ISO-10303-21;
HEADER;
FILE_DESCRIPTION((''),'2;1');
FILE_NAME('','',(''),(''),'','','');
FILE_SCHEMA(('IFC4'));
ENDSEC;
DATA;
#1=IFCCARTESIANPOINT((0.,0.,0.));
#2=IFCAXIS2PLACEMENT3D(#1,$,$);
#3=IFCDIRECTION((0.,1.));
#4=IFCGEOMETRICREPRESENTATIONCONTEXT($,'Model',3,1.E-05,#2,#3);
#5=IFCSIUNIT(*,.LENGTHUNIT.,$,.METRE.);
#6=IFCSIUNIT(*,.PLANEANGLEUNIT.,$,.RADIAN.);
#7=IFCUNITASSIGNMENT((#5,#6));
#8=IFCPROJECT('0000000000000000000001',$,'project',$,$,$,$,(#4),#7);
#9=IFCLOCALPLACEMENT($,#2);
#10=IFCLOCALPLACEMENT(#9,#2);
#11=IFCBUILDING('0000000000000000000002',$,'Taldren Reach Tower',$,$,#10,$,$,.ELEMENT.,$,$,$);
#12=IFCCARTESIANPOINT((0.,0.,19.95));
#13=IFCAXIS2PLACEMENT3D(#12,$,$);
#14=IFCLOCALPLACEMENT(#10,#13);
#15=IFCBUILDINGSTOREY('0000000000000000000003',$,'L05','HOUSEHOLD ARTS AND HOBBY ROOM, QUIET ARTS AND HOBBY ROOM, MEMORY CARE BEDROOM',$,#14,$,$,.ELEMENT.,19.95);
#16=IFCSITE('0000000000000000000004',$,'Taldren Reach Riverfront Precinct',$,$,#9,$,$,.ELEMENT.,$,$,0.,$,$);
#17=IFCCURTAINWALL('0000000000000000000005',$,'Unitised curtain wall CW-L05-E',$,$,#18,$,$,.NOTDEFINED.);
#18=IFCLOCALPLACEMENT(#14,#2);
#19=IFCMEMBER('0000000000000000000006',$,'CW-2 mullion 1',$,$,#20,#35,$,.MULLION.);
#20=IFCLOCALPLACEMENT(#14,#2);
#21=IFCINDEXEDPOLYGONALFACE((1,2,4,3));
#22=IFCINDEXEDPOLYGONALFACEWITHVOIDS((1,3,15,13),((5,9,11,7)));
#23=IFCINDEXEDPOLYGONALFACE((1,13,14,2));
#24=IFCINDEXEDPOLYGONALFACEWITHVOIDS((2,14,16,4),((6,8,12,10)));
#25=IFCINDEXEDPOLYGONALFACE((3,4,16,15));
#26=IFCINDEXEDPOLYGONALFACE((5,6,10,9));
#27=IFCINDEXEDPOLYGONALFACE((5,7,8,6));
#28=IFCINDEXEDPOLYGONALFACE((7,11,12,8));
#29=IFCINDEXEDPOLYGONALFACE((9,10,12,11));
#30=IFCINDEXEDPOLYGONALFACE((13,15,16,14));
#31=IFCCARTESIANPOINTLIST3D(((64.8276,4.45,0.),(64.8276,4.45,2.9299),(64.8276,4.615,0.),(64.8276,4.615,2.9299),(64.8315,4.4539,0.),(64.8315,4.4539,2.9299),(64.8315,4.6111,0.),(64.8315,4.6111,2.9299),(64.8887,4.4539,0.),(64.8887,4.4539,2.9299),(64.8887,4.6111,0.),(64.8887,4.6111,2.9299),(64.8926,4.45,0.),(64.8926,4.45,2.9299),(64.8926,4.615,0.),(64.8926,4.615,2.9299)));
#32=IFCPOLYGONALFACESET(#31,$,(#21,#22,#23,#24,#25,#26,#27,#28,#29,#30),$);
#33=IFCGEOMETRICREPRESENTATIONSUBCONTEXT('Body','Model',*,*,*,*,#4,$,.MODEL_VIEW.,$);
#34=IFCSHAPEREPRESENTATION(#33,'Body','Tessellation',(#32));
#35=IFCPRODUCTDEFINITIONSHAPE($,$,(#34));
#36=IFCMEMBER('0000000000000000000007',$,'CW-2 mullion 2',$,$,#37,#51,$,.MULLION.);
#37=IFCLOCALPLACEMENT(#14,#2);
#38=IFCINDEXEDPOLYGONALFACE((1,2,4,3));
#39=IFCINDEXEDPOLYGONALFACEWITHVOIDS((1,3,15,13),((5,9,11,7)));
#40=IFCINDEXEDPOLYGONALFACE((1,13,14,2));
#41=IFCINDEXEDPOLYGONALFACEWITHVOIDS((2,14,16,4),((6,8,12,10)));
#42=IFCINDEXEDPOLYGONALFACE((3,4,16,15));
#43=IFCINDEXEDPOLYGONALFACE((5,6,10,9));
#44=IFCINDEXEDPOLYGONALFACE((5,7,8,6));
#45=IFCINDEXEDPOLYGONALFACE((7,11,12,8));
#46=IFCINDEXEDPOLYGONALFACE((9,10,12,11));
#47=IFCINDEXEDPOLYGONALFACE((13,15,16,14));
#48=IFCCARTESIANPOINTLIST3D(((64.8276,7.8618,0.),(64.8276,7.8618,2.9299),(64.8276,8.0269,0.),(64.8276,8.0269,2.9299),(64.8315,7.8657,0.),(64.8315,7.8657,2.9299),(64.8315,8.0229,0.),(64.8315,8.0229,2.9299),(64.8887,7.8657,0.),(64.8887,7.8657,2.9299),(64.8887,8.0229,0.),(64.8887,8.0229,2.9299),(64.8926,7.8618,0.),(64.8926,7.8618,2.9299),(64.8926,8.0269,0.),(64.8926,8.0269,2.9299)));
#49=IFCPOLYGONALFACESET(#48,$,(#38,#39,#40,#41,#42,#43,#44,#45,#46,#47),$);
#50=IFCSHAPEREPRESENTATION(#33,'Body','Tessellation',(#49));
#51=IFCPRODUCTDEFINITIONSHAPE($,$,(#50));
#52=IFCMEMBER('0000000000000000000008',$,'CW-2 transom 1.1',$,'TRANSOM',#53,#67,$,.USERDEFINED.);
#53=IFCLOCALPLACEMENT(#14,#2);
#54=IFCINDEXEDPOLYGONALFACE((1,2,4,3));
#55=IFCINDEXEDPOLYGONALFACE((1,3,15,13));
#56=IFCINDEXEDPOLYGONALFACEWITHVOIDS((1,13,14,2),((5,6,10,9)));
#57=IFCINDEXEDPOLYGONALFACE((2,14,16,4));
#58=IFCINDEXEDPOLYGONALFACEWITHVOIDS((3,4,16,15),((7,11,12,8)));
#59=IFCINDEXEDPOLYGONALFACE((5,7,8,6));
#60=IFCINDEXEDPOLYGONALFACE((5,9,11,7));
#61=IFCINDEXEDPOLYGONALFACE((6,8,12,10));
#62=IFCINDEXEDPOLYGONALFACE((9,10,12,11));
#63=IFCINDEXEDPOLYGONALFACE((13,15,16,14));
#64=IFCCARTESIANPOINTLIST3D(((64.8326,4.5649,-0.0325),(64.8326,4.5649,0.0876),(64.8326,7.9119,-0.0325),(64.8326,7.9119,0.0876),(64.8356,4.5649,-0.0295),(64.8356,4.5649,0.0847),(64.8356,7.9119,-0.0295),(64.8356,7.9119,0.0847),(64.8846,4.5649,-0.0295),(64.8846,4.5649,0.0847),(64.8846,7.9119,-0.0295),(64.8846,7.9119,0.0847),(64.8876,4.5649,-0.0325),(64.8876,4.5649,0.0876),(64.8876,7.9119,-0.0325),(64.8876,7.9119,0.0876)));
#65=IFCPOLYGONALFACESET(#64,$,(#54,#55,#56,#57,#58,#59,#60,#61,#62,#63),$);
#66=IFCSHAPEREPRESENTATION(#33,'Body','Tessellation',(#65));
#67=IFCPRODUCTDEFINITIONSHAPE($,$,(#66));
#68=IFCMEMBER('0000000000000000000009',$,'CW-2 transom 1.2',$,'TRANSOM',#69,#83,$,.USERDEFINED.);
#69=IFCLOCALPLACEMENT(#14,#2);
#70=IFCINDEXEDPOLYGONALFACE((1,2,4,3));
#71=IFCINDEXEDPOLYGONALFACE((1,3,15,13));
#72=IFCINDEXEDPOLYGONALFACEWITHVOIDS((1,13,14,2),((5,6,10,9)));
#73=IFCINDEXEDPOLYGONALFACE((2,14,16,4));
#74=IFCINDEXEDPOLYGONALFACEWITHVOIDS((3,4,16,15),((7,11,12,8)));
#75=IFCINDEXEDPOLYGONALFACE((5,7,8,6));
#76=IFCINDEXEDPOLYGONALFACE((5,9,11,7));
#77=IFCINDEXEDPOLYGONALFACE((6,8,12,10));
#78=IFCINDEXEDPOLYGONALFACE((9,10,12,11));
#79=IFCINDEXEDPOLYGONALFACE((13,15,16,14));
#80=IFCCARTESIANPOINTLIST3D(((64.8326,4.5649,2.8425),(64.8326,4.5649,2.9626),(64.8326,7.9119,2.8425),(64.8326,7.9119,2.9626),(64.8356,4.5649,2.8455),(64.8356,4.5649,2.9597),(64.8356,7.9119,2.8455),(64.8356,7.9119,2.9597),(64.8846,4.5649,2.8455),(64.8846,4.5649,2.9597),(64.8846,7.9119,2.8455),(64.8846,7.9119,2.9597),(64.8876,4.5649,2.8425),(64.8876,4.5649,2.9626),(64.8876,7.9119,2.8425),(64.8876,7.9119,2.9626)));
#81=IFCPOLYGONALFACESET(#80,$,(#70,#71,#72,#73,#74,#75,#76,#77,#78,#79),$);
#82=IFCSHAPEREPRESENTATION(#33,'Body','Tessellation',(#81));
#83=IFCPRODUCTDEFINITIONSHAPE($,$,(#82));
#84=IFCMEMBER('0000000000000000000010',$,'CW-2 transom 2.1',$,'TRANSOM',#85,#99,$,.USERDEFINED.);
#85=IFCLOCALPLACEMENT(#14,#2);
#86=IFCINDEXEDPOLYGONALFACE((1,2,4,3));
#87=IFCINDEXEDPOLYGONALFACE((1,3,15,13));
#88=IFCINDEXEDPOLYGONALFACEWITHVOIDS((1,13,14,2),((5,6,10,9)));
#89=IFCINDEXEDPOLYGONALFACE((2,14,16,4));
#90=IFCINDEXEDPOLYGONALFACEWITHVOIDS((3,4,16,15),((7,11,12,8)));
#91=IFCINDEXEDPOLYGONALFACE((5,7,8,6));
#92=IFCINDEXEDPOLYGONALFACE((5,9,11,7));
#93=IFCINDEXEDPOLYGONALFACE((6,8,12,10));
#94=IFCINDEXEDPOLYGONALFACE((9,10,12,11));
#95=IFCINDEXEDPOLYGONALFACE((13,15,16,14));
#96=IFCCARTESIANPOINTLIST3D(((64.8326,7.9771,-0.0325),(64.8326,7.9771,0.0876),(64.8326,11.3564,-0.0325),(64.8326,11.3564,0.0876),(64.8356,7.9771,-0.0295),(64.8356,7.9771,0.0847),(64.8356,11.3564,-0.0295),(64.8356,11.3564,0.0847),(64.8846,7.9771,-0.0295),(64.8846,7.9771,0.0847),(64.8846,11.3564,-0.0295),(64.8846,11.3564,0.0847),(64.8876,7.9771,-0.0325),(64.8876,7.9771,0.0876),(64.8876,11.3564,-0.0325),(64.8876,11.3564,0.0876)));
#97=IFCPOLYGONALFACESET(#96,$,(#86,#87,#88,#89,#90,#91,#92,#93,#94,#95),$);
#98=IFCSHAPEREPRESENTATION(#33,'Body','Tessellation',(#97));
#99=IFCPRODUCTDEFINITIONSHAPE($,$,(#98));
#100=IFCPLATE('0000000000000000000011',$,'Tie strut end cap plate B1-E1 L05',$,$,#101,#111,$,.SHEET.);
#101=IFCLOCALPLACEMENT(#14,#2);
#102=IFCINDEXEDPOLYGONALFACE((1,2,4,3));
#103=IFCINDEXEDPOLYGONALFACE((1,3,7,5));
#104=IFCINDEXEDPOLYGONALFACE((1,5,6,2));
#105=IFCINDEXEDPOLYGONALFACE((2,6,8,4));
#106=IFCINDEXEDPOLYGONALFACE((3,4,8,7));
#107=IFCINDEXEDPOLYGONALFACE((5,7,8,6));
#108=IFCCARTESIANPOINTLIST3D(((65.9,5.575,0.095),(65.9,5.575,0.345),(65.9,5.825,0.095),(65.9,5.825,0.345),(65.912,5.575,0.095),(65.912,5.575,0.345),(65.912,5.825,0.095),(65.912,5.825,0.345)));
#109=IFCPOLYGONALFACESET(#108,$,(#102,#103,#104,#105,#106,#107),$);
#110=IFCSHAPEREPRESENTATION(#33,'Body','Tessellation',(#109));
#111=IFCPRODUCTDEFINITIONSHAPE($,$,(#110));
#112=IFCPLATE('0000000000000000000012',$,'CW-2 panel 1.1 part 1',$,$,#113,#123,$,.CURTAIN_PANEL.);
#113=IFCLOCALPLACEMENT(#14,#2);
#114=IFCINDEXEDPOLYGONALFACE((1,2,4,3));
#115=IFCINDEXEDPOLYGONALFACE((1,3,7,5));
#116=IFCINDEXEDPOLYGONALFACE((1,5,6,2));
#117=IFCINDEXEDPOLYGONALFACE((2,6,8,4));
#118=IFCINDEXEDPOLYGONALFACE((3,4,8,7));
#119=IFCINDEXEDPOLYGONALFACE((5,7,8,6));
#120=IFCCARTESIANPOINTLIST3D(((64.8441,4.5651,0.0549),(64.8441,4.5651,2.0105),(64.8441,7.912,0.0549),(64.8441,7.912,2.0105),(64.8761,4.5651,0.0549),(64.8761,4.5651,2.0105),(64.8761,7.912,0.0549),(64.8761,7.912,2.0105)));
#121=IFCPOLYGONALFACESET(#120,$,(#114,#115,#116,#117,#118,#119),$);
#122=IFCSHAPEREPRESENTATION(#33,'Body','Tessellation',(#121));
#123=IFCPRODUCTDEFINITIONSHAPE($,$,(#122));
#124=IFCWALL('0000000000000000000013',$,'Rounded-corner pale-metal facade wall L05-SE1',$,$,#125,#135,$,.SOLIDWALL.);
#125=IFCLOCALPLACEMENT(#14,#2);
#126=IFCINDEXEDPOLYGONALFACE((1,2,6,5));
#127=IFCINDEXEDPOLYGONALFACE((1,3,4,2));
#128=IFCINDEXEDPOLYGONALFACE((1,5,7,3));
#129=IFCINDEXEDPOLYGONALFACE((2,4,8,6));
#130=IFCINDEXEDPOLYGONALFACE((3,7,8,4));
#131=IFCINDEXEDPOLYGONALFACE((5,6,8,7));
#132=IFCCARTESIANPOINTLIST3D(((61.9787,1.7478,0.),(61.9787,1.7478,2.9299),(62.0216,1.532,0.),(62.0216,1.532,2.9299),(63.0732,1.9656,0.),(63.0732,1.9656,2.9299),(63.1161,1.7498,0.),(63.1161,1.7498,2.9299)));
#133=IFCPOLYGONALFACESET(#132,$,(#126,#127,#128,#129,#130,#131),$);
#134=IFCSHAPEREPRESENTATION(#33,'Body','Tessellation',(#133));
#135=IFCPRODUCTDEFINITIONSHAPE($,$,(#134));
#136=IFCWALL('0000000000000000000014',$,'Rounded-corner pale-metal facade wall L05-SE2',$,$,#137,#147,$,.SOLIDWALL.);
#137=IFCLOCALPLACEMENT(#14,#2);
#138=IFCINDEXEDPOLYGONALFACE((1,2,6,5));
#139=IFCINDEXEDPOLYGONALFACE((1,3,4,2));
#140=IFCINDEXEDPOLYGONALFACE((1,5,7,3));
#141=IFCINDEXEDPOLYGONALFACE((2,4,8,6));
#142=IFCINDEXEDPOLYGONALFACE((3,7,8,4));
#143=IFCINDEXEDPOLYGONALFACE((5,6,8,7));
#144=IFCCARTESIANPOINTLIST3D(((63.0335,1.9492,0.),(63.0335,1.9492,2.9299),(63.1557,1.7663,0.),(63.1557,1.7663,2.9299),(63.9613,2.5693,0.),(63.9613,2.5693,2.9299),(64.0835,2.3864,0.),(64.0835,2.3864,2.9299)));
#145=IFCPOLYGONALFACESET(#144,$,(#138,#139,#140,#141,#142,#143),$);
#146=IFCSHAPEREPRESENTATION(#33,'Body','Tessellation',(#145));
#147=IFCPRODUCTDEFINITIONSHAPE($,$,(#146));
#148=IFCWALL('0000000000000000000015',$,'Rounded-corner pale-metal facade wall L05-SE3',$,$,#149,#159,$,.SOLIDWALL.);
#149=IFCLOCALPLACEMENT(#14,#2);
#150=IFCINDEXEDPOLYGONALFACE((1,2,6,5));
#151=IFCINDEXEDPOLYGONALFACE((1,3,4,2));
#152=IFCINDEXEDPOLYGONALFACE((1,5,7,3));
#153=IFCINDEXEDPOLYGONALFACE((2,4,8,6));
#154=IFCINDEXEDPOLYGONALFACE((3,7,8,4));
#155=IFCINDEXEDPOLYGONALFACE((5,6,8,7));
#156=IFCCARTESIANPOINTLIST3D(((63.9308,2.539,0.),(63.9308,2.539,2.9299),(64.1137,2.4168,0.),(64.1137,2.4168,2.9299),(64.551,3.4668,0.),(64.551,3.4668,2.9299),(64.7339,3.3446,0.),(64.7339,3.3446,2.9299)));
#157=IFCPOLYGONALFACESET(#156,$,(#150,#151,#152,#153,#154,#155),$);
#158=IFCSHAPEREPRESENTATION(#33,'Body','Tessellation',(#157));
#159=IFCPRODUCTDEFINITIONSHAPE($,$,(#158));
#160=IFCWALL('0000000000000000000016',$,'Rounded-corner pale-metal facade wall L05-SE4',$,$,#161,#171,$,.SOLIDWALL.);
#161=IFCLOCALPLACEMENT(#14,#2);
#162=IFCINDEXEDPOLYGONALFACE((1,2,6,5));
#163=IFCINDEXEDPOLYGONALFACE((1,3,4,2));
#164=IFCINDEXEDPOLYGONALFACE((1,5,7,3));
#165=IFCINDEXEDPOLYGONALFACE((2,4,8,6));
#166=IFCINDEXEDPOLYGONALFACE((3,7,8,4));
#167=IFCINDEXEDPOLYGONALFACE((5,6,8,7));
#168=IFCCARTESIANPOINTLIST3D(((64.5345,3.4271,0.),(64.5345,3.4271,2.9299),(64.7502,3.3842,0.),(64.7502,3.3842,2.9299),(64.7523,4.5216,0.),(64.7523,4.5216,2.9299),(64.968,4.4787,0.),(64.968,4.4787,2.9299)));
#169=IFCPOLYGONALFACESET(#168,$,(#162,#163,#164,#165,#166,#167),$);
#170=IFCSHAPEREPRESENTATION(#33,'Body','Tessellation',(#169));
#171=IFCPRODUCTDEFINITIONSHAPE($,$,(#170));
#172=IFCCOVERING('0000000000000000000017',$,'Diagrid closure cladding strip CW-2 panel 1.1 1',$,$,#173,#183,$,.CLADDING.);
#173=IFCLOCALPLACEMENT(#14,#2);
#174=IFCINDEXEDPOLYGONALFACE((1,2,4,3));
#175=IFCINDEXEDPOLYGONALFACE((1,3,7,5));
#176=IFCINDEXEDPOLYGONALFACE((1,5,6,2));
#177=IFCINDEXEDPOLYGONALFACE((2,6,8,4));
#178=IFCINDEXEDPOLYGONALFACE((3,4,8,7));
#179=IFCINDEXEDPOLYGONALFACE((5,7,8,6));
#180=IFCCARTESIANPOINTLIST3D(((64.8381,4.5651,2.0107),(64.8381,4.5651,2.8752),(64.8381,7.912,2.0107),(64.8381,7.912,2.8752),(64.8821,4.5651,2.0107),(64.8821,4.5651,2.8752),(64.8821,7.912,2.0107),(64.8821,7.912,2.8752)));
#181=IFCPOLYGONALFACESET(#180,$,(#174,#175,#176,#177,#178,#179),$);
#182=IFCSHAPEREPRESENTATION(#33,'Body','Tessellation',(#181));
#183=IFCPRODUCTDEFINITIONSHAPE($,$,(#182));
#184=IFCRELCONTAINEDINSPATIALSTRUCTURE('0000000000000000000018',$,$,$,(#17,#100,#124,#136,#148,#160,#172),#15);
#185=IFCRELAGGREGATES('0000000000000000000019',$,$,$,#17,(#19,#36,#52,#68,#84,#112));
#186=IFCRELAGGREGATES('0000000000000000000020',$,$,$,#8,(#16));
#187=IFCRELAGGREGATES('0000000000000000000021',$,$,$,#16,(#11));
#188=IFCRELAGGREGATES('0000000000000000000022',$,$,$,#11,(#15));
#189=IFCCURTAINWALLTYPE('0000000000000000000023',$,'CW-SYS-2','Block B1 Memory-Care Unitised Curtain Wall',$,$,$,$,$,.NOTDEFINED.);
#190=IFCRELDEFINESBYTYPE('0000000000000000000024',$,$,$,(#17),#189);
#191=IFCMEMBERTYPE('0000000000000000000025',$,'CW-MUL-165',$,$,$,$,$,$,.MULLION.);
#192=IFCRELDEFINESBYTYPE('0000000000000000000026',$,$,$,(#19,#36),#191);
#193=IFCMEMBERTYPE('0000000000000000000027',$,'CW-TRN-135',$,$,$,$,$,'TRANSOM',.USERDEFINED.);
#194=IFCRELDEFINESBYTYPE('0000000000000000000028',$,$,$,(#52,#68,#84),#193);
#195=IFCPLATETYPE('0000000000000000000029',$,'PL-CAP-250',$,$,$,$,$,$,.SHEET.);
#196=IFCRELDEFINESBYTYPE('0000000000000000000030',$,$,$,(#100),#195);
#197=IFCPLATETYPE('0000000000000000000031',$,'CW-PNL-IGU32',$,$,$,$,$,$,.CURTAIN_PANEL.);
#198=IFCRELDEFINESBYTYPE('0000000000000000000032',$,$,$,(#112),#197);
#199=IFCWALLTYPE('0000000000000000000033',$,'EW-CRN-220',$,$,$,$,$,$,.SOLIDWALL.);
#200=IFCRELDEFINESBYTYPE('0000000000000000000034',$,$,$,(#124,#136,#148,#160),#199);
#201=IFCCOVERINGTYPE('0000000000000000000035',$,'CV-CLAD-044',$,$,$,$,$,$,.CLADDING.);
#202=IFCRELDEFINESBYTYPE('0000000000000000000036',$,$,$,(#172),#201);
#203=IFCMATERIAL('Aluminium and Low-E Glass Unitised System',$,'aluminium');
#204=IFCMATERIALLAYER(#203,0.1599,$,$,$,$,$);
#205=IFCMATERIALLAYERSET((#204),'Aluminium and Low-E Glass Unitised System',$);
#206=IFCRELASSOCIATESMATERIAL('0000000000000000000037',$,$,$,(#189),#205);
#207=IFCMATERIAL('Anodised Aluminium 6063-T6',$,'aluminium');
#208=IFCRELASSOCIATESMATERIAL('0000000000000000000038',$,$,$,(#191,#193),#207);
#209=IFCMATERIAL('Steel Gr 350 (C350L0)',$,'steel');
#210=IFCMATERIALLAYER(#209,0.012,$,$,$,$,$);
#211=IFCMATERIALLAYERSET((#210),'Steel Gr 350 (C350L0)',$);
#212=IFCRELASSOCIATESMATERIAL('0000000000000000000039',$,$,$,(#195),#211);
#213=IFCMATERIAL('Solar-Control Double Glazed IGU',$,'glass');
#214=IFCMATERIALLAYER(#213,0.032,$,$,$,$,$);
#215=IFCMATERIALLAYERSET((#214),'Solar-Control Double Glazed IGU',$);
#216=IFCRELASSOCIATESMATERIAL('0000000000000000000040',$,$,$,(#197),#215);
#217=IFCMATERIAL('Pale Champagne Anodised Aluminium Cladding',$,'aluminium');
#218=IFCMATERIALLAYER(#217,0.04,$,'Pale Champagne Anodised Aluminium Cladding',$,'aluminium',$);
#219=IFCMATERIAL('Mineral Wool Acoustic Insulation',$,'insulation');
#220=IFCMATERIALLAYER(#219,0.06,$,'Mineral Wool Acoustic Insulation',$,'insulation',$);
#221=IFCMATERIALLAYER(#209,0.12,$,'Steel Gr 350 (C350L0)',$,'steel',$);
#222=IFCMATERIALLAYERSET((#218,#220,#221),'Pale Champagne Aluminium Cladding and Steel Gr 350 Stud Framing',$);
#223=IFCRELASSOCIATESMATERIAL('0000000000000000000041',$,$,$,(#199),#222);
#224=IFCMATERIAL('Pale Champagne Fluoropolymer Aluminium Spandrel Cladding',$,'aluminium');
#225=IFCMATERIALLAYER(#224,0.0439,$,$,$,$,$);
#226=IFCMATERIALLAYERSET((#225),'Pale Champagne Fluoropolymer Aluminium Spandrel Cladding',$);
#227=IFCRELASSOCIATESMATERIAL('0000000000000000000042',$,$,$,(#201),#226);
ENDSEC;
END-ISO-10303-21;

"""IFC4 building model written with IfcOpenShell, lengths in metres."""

from ifc_helpers import new_model, si_unit, direction, frame, frame_2d, origin, origin_2d, place, context, subcontext, project, spatial, rectangle, hollow_rectangle, extrude, source, transform, mapped, material, layer, layer_set, material_profile, profile_set, type_object, element, aggregate, save


model = new_model("IFC4")

# Units and contexts
model_context = context("Model", 3, precision=1e-05, world=origin(), true_north=direction((0.0, 1.0)))
body_context = subcontext(model_context, "Body", "Model", "MODEL_VIEW")
ifc_project = project(units=[si_unit("LENGTHUNIT", "METRE"), si_unit("PLANEANGLEUNIT", "RADIAN")], contexts=[model_context])

# Site, building, storey
site_placement = place(None, origin())
site = spatial("IfcSite", under=ifc_project, at=site_placement, Name="Taldren Reach Riverfront Precinct", CompositionType="ELEMENT", RefElevation=0.0)
building_placement = place(site_placement, origin())
building = spatial("IfcBuilding", under=site, at=building_placement, Name="Taldren Reach Tower", CompositionType="ELEMENT")
storey_placement = place(building_placement, frame((0.0, 0.0, 19.95)))
storey = spatial("IfcBuildingStorey", under=building, at=storey_placement, Name="L05", Description="HOUSEHOLD ARTS AND HOBBY ROOM, QUIET ARTS AND HOBBY ROOM, MEMORY CARE BEDROOM", CompositionType="ELEMENT", Elevation=19.95)

# Shared definitions
ifc_material_1 = material(Name="Steel Gr 350 (C350L0)", Category="steel")

# Shared definitions
ifc_material_2 = material(Name="Aluminium and Low-E Glass Unitised System", Category="aluminium")
ifc_layer_1 = layer(ifc_material_2, 0.1599)
ifc_layer_set_1 = layer_set([ifc_layer_1], Name="Aluminium and Low-E Glass Unitised System")
curtain_wall_type = type_object("IfcCurtainWallType", Name="CW-SYS-2", Description="Block B1 Memory-Care Unitised Curtain Wall", PredefinedType="NOTDEFINED", material=ifc_layer_set_1)
ifc_material_3 = material(Name="Anodised Aluminium 6063-T6", Category="aluminium")
ifc_material_profile_1 = material_profile(ifc_material_3, hollow_rectangle(XDim=0.0649, YDim=0.165, WallThickness=0.0039, at=origin_2d()), Name="ALU-165x65x4RHS")
ifc_profile_set_1 = profile_set([ifc_material_profile_1], Name="Anodised Aluminium 6063-T6")
member_type_1 = type_object("IfcMemberType", Name="CW-MUL-165", PredefinedType="MULLION", material=ifc_profile_set_1)
shared_shape_1 = source(origin(), body_context, "Body", "SweptSolid", [
    extrude(hollow_rectangle(XDim=0.0649, YDim=0.165, WallThickness=0.0039, at=origin_2d()), origin(), (0.0, 0.0, 1.0), 2.9299),
])

# Curtain wall, members
curtain_wall_1_placement = place(storey_placement, origin())
curtain_wall_1 = element("IfcCurtainWall", 1, at=curtain_wall_1_placement, inside=storey, type_object=curtain_wall_type, Name="Unitised curtain wall CW-L05-E", PredefinedType="NOTDEFINED")
member_1_placement = place(storey_placement, frame((64.8601, 4.5325, 0.0), z_axis=(0.0, 0.0, 1.0), x_axis=(-1.0, 0.0, 0.0)))
member_1 = element("IfcMember", 2, at=member_1_placement, type_object=member_type_1, Name="CW-2 mullion 1", PredefinedType="MULLION", context=body_context, shape_type="MappedRepresentation", body=[
    mapped(shared_shape_1, transform((0.0, 0.0, 0.0), scale=1.0)),
])
member_2_placement = place(storey_placement, frame((64.8601, 7.9443, 0.0), z_axis=(0.0, 0.0, 1.0), x_axis=(-1.0, 0.0, 0.0)))
member_2 = element("IfcMember", 3, at=member_2_placement, type_object=member_type_1, Name="CW-2 mullion 2", PredefinedType="MULLION", context=body_context, shape_type="MappedRepresentation", body=[
    mapped(shared_shape_1, transform((0.0, 0.0, 0.0), scale=1.0)),
])
ifc_material_profile_2 = material_profile(ifc_material_3, hollow_rectangle(XDim=0.0549, YDim=0.1201, WallThickness=0.0029, at=origin_2d()), Name="ALU-120x55x3RHS")
ifc_profile_set_2 = profile_set([ifc_material_profile_2], Name="Anodised Aluminium 6063-T6")
member_type_2 = type_object("IfcMemberType", Name="CW-TRN-135", ElementType="TRANSOM", PredefinedType="USERDEFINED", material=ifc_profile_set_2)
shared_shape_2 = source(origin(), body_context, "Body", "SweptSolid", [
    extrude(hollow_rectangle(XDim=0.0549, YDim=0.1201, WallThickness=0.0029, at=origin_2d()), origin(), (0.0, 0.0, 1.0), 3.3469),
])
member_3_placement = place(storey_placement, frame((64.8601, 4.5649, 0.0276), z_axis=(0.0, 1.0, 0.0), x_axis=(-1.0, 0.0, 0.0)))
member_3 = element("IfcMember", 4, at=member_3_placement, type_object=member_type_2, Name="CW-2 transom 1.1", ObjectType="TRANSOM", PredefinedType="USERDEFINED", context=body_context, shape_type="MappedRepresentation", body=[
    mapped(shared_shape_2, transform((0.0, 0.0, 0.0), scale=1.0)),
])
member_4_placement = place(storey_placement, frame((64.8601, 4.5649, 2.9026), z_axis=(0.0, 1.0, 0.0), x_axis=(-1.0, 0.0, 0.0)))
member_4 = element("IfcMember", 5, at=member_4_placement, type_object=member_type_2, Name="CW-2 transom 1.2", ObjectType="TRANSOM", PredefinedType="USERDEFINED", context=body_context, shape_type="MappedRepresentation", body=[
    mapped(shared_shape_2, transform((0.0, 0.0, 0.0), scale=1.0)),
])
shared_shape_3 = source(origin(), body_context, "Body", "SweptSolid", [
    extrude(hollow_rectangle(XDim=0.0549, YDim=0.1201, WallThickness=0.0029, at=origin_2d()), origin(), (0.0, 0.0, 1.0), 3.3794),
])
member_5_placement = place(storey_placement, frame((64.8601, 7.9771, 0.0276), z_axis=(0.0, 1.0, 0.0), x_axis=(-1.0, 0.0, 0.0)))
member_5 = element("IfcMember", 6, at=member_5_placement, type_object=member_type_2, Name="CW-2 transom 2.1", ObjectType="TRANSOM", PredefinedType="USERDEFINED", context=body_context, shape_type="MappedRepresentation", body=[
    mapped(shared_shape_3, transform((0.0, 0.0, 0.0), scale=1.0)),
])

# Plates
ifc_layer_2 = layer(ifc_material_1, 0.012)
ifc_layer_set_2 = layer_set([ifc_layer_2], Name="Steel Gr 350 (C350L0)")
plate_type_1 = type_object("IfcPlateType", Name="PL-CAP-250", PredefinedType="SHEET", material=ifc_layer_set_2)
shared_shape_4 = source(origin(), body_context, "Body", "SweptSolid", [
    extrude(rectangle(XDim=0.012, YDim=0.25, at=origin_2d()), origin(), (0.0, 0.0, 1.0), 0.25),
])
plate_1_placement = place(storey_placement, frame((65.906, 5.7, 0.095), z_axis=(0.0, 0.0, 1.0), x_axis=(1.0, 0.0, 0.0)))
element("IfcPlate", 7, at=plate_1_placement, inside=storey, type_object=plate_type_1, Name="Tie strut end cap plate B1-E1 L05", PredefinedType="SHEET", context=body_context, shape_type="MappedRepresentation", body=[
    mapped(shared_shape_4, transform((0.0, 0.0, 0.0), scale=1.0)),
])
ifc_material_4 = material(Name="Solar-Control Double Glazed IGU", Category="glass")
ifc_layer_3 = layer(ifc_material_4, 0.032)
ifc_layer_set_3 = layer_set([ifc_layer_3], Name="Solar-Control Double Glazed IGU")
plate_type_2 = type_object("IfcPlateType", Name="CW-PNL-IGU32", PredefinedType="CURTAIN_PANEL", material=ifc_layer_set_3)
shared_shape_5 = source(origin(), body_context, "Body", "SweptSolid", [
    extrude(rectangle(XDim=3.3469, YDim=0.032, at=origin_2d()), origin(), (0.0, 0.0, 1.0), 1.9556),
])
plate_2_placement = place(storey_placement, frame((64.8601, 6.2385, 0.0549), z_axis=(0.0, 0.0, 1.0), x_axis=(0.0, 1.0, 0.0)))
plate_2 = element("IfcPlate", 8, at=plate_2_placement, type_object=plate_type_2, Name="CW-2 panel 1.1 part 1", PredefinedType="CURTAIN_PANEL", context=body_context, shape_type="MappedRepresentation", body=[
    mapped(shared_shape_5, transform((0.0, 0.0, 0.0), scale=1.0)),
])
aggregate(curtain_wall_1, [member_1, member_2, member_3, member_4, member_5, plate_2])

# Walls
ifc_material_5 = material(Name="Pale Champagne Anodised Aluminium Cladding", Category="aluminium")
ifc_layer_4 = layer(ifc_material_5, 0.04, Name="Pale Champagne Anodised Aluminium Cladding", Category="aluminium")
ifc_material_6 = material(Name="Mineral Wool Acoustic Insulation", Category="insulation")
ifc_layer_5 = layer(ifc_material_6, 0.06, Name="Mineral Wool Acoustic Insulation", Category="insulation")
ifc_layer_6 = layer(ifc_material_1, 0.12, Name="Steel Gr 350 (C350L0)", Category="steel")
ifc_layer_set_4 = layer_set([ifc_layer_4, ifc_layer_5, ifc_layer_6], Name="Pale Champagne Aluminium Cladding and Steel Gr 350 Stud Framing")
wall_type = type_object("IfcWallType", Name="EW-CRN-220", PredefinedType="SOLIDWALL", material=ifc_layer_set_4)
shared_shape_6 = source(origin(), body_context, "Body", "SweptSolid", [
    extrude(rectangle(XDim=1.116, YDim=0.22, at=frame_2d((0.5581, 0.0))), origin(), (0.0, 0.0, 1.0), 2.9299),
])
for number, where, z_axis, x_axis, name in (
    (9, (62.0, 1.6399, 0.0), (0.0, 0.0, 1.0), (0.980774, 0.195148, 0.0), "Rounded-corner pale-metal facade wall L05-SE1"),
    (10, (63.0945, 1.8577, 0.0), (0.0, 0.0, 1.0), (0.831377, 0.55571, 0.0), "Rounded-corner pale-metal facade wall L05-SE2"),
    (11, (64.0222, 2.4778, 0.0), (0.0, 0.0, 1.0), (0.55571, 0.831377, 0.0), "Rounded-corner pale-metal facade wall L05-SE3"),
    (12, (64.6423, 3.4055, 0.0), (0.0, 0.0, 1.0), (0.195148, 0.980774, 0.0), "Rounded-corner pale-metal facade wall L05-SE4"),
):
    element("IfcWall", number, at=place(storey_placement, frame(where, z_axis=z_axis, x_axis=x_axis)), inside=storey, type_object=wall_type, Name=name, PredefinedType="SOLIDWALL", context=body_context, shape_type="MappedRepresentation", body=[
        mapped(shared_shape_6, transform((0.0, 0.0, 0.0), scale=1.0)),
    ])

# Covering
ifc_material_7 = material(Name="Pale Champagne Fluoropolymer Aluminium Spandrel Cladding", Category="aluminium")
ifc_layer_7 = layer(ifc_material_7, 0.0439)
ifc_layer_set_5 = layer_set([ifc_layer_7], Name="Pale Champagne Fluoropolymer Aluminium Spandrel Cladding")
covering_type = type_object("IfcCoveringType", Name="CV-CLAD-044", PredefinedType="CLADDING", material=ifc_layer_set_5)
shared_shape_7 = source(origin(), body_context, "Body", "SweptSolid", [
    extrude(rectangle(XDim=3.3469, YDim=0.0439, at=origin_2d()), origin(), (0.0, 0.0, 1.0), 0.8645),
])
covering_placement = place(storey_placement, frame((64.8601, 6.2385, 2.0107), z_axis=(0.0, 0.0, 1.0), x_axis=(0.0, 1.0, 0.0)))
element("IfcCovering", 13, at=covering_placement, inside=storey, type_object=covering_type, Name="Diagrid closure cladding strip CW-2 panel 1.1 1", PredefinedType="CLADDING", context=body_context, shape_type="MappedRepresentation", body=[
    mapped(shared_shape_7, transform((0.0, 0.0, 0.0), scale=1.0)),
])

save(model, "model.ifc")
